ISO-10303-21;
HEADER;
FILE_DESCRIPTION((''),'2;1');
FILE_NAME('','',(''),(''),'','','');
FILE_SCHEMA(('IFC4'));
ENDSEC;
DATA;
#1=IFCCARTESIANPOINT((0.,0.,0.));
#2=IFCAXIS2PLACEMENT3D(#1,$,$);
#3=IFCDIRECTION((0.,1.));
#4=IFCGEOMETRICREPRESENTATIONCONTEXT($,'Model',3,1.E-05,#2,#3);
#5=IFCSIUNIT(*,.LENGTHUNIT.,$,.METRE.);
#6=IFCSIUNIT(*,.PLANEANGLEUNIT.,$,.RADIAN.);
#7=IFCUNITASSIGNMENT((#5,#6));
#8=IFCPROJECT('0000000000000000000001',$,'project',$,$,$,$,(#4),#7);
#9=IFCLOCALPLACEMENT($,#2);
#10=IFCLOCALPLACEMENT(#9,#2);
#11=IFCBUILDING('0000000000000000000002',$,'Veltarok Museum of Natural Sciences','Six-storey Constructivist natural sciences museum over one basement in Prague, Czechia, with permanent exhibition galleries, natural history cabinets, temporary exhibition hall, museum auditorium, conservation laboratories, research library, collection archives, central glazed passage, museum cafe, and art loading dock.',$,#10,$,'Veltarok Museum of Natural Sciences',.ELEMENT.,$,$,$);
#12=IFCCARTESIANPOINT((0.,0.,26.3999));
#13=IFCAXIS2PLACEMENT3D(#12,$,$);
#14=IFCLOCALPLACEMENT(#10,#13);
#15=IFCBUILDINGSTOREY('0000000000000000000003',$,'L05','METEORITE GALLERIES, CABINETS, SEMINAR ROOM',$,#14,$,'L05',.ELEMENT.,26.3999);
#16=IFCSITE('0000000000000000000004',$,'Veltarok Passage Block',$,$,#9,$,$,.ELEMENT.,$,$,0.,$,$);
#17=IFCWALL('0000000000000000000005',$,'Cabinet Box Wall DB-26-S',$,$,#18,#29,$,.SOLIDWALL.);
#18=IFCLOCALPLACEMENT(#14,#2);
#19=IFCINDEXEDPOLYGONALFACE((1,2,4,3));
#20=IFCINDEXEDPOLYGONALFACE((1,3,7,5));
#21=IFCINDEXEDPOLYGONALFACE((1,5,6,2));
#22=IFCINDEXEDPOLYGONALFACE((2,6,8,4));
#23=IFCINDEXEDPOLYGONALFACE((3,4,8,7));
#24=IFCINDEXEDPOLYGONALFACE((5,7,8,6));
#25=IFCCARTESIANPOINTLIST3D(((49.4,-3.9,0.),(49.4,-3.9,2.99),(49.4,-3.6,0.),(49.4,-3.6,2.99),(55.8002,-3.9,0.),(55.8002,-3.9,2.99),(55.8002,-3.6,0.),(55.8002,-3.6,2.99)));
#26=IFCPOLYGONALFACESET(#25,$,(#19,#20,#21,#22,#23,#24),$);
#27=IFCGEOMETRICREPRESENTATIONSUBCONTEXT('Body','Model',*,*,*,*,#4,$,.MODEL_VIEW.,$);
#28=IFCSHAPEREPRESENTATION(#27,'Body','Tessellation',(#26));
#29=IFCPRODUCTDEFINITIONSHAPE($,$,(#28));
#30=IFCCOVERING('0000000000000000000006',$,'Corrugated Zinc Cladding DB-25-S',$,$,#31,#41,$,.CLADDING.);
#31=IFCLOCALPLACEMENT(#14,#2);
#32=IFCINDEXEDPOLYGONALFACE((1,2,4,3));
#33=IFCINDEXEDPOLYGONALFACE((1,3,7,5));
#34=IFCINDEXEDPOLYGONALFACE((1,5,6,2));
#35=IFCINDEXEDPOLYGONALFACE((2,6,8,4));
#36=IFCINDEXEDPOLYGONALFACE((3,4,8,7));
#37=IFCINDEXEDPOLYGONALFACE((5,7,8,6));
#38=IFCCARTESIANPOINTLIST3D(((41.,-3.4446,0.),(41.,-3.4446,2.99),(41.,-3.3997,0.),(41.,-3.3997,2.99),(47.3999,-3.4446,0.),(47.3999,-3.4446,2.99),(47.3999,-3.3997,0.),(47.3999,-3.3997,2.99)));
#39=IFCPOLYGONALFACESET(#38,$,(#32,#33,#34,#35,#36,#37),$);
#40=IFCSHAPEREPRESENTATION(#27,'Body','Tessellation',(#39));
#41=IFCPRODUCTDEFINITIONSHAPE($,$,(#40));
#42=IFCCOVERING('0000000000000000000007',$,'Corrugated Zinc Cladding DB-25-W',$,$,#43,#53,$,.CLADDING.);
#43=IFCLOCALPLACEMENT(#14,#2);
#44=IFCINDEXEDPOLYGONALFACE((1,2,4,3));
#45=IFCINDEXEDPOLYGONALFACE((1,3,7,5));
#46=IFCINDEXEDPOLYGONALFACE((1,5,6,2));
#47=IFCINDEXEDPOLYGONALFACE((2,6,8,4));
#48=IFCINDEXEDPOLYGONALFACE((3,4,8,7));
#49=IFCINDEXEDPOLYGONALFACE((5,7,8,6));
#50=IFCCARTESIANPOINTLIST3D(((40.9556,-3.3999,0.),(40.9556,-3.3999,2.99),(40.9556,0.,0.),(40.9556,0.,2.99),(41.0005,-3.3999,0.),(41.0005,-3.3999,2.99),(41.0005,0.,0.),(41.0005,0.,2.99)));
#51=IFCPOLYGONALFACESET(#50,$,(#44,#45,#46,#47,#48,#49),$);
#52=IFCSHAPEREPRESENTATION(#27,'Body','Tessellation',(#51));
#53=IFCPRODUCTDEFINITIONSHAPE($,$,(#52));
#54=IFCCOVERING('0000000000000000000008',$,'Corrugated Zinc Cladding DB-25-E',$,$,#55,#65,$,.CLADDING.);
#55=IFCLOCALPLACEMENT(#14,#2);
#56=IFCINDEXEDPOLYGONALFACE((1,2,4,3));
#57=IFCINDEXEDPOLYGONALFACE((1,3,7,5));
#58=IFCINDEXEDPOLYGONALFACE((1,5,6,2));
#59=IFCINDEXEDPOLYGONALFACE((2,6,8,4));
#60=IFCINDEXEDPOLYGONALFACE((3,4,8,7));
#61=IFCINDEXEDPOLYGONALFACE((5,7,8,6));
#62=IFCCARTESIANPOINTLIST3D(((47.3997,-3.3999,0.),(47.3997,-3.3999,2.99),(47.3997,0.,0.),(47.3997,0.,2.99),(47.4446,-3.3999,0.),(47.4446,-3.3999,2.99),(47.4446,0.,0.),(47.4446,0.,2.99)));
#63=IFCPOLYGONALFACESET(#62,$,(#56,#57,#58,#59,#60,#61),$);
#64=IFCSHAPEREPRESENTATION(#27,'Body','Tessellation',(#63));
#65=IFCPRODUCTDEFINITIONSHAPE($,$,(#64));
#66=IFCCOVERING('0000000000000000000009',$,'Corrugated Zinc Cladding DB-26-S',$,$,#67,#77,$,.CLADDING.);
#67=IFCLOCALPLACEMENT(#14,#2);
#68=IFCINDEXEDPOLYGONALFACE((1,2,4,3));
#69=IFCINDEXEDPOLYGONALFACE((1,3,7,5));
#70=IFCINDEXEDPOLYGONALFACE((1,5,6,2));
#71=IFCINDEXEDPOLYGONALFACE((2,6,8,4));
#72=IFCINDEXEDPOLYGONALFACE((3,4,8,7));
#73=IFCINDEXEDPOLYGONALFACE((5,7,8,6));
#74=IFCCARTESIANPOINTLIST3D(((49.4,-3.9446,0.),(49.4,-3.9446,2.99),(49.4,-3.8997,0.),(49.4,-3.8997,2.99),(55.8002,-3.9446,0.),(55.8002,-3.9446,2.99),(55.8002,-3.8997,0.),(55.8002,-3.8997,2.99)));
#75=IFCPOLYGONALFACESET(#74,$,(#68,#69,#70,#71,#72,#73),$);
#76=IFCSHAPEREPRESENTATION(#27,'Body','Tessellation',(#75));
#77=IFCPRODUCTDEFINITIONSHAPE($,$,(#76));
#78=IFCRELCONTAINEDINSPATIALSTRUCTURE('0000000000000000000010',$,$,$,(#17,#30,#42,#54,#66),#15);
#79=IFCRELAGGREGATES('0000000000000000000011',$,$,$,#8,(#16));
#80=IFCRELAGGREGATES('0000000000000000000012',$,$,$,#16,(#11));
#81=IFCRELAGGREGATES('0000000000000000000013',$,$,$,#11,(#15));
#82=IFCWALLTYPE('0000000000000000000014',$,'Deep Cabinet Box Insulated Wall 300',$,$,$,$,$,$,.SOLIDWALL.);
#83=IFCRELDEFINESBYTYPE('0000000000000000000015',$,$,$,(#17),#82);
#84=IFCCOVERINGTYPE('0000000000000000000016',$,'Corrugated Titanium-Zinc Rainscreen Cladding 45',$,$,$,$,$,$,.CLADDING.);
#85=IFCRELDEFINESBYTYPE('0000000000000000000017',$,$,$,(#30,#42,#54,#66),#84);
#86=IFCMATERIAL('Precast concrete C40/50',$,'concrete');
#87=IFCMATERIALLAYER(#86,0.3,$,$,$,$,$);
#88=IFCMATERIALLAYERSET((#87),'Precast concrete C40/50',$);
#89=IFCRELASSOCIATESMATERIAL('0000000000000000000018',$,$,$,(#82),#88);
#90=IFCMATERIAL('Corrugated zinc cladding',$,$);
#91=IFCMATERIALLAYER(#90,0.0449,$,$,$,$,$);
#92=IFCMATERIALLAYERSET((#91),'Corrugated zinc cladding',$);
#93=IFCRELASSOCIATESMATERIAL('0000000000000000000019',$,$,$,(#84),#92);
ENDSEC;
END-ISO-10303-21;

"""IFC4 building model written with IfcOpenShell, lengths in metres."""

from ifc_helpers import new_model, si_unit, direction, frame, frame_2d, origin, place, context, subcontext, project, spatial, rectangle, extrude, material, layer, layer_set, type_object, element, save


model = new_model("IFC4")

# Units and contexts
model_context = context("Model", 3, precision=1e-05, world=origin(), true_north=direction((0.0, 1.0)))
body_context = subcontext(model_context, "Body", "Model", "MODEL_VIEW")
ifc_project = project(units=[si_unit("LENGTHUNIT", "METRE"), si_unit("PLANEANGLEUNIT", "RADIAN")], contexts=[model_context])

# Site, building, storey
site_placement = place(None, origin())
site = spatial("IfcSite", under=ifc_project, at=site_placement, Name="Veltarok Passage Block", CompositionType="ELEMENT", RefElevation=0.0)
building_placement = place(site_placement, origin())
building = spatial("IfcBuilding", under=site, at=building_placement, Name="Veltarok Museum of Natural Sciences", Description="Six-storey Constructivist natural sciences museum over one basement in Prague, Czechia, with permanent exhibition galleries, natural history cabinets, temporary exhibition hall, museum auditorium, conservation laboratories, research library, collection archives, central glazed passage, museum cafe, and art loading dock.", LongName="Veltarok Museum of Natural Sciences", CompositionType="ELEMENT")
storey_placement = place(building_placement, frame((0.0, 0.0, 26.3999)))
storey = spatial("IfcBuildingStorey", under=building, at=storey_placement, Name="L05", Description="METEORITE GALLERIES, CABINETS, SEMINAR ROOM", LongName="L05", CompositionType="ELEMENT", Elevation=26.3999)

# Wall
ifc_material_1 = material(Name="Precast concrete C40/50", Category="concrete")
ifc_layer_1 = layer(ifc_material_1, 0.3)
ifc_layer_set_1 = layer_set([ifc_layer_1], Name="Precast concrete C40/50")
wall_type_1 = type_object("IfcWallType", Name="Deep Cabinet Box Insulated Wall 300", PredefinedType="SOLIDWALL", material=ifc_layer_set_1)
wall_1_placement = place(storey_placement, frame((49.3999, -3.75, 0.0), z_axis=(0.0, 0.0, 1.0), x_axis=(1.0, 0.0, 0.0)))
element("IfcWall", 1, at=wall_1_placement, inside=storey, type_object=wall_type_1, Name="Cabinet Box Wall DB-26-S", PredefinedType="SOLIDWALL", context=body_context, shape_type="SweptSolid", body=[
    extrude(rectangle(XDim=6.4001, YDim=0.3, at=frame_2d((3.2002, 0.0))), origin(), (0.0, 0.0, 1.0), 2.99),
])

# Coverings
ifc_material_2 = material(Name="Corrugated zinc cladding")
ifc_layer_2 = layer(ifc_material_2, 0.0449)
ifc_layer_set_2 = layer_set([ifc_layer_2], Name="Corrugated zinc cladding")
covering_type = type_object("IfcCoveringType", Name="Corrugated Titanium-Zinc Rainscreen Cladding 45", PredefinedType="CLADDING", material=ifc_layer_set_2)
covering_1_placement = place(storey_placement, frame((41.0, -3.4221, 0.0), z_axis=(0.0, 0.0, 1.0), x_axis=(1.0, 0.0, 0.0)))
element("IfcCovering", 2, at=covering_1_placement, inside=storey, type_object=covering_type, Name="Corrugated Zinc Cladding DB-25-S", PredefinedType="CLADDING", context=body_context, shape_type="SweptSolid", body=[
    extrude(rectangle(XDim=6.3999, YDim=0.0449, at=frame_2d((3.2, 0.0))), origin(), (0.0, 0.0, 1.0), 2.99),
])
for number, where, z_axis, x_axis, name in (
    (3, (40.978, 0.0, 0.0), (0.0, 0.0, 1.0), (0.0, -1.0, 0.0), "Corrugated Zinc Cladding DB-25-W"),
    (4, (47.4221, -3.3999, 0.0), (0.0, 0.0, 1.0), (0.0, 1.0, 0.0), "Corrugated Zinc Cladding DB-25-E"),
):
    element("IfcCovering", number, at=place(storey_placement, frame(where, z_axis=z_axis, x_axis=x_axis)), inside=storey, type_object=covering_type, Name=name, PredefinedType="CLADDING", context=body_context, shape_type="SweptSolid", body=[
        extrude(rectangle(XDim=3.3999, YDim=0.0449, at=frame_2d((1.7, 0.0))), origin(), (0.0, 0.0, 1.0), 2.99),
    ])
covering_2_placement = place(storey_placement, frame((49.3999, -3.9221, 0.0), z_axis=(0.0, 0.0, 1.0), x_axis=(1.0, 0.0, 0.0)))
element("IfcCovering", 5, at=covering_2_placement, inside=storey, type_object=covering_type, Name="Corrugated Zinc Cladding DB-26-S", PredefinedType="CLADDING", context=body_context, shape_type="SweptSolid", body=[
    extrude(rectangle(XDim=6.4001, YDim=0.0449, at=frame_2d((3.2002, 0.0))), origin(), (0.0, 0.0, 1.0), 2.99),
])

save(model, "model.ifc")
